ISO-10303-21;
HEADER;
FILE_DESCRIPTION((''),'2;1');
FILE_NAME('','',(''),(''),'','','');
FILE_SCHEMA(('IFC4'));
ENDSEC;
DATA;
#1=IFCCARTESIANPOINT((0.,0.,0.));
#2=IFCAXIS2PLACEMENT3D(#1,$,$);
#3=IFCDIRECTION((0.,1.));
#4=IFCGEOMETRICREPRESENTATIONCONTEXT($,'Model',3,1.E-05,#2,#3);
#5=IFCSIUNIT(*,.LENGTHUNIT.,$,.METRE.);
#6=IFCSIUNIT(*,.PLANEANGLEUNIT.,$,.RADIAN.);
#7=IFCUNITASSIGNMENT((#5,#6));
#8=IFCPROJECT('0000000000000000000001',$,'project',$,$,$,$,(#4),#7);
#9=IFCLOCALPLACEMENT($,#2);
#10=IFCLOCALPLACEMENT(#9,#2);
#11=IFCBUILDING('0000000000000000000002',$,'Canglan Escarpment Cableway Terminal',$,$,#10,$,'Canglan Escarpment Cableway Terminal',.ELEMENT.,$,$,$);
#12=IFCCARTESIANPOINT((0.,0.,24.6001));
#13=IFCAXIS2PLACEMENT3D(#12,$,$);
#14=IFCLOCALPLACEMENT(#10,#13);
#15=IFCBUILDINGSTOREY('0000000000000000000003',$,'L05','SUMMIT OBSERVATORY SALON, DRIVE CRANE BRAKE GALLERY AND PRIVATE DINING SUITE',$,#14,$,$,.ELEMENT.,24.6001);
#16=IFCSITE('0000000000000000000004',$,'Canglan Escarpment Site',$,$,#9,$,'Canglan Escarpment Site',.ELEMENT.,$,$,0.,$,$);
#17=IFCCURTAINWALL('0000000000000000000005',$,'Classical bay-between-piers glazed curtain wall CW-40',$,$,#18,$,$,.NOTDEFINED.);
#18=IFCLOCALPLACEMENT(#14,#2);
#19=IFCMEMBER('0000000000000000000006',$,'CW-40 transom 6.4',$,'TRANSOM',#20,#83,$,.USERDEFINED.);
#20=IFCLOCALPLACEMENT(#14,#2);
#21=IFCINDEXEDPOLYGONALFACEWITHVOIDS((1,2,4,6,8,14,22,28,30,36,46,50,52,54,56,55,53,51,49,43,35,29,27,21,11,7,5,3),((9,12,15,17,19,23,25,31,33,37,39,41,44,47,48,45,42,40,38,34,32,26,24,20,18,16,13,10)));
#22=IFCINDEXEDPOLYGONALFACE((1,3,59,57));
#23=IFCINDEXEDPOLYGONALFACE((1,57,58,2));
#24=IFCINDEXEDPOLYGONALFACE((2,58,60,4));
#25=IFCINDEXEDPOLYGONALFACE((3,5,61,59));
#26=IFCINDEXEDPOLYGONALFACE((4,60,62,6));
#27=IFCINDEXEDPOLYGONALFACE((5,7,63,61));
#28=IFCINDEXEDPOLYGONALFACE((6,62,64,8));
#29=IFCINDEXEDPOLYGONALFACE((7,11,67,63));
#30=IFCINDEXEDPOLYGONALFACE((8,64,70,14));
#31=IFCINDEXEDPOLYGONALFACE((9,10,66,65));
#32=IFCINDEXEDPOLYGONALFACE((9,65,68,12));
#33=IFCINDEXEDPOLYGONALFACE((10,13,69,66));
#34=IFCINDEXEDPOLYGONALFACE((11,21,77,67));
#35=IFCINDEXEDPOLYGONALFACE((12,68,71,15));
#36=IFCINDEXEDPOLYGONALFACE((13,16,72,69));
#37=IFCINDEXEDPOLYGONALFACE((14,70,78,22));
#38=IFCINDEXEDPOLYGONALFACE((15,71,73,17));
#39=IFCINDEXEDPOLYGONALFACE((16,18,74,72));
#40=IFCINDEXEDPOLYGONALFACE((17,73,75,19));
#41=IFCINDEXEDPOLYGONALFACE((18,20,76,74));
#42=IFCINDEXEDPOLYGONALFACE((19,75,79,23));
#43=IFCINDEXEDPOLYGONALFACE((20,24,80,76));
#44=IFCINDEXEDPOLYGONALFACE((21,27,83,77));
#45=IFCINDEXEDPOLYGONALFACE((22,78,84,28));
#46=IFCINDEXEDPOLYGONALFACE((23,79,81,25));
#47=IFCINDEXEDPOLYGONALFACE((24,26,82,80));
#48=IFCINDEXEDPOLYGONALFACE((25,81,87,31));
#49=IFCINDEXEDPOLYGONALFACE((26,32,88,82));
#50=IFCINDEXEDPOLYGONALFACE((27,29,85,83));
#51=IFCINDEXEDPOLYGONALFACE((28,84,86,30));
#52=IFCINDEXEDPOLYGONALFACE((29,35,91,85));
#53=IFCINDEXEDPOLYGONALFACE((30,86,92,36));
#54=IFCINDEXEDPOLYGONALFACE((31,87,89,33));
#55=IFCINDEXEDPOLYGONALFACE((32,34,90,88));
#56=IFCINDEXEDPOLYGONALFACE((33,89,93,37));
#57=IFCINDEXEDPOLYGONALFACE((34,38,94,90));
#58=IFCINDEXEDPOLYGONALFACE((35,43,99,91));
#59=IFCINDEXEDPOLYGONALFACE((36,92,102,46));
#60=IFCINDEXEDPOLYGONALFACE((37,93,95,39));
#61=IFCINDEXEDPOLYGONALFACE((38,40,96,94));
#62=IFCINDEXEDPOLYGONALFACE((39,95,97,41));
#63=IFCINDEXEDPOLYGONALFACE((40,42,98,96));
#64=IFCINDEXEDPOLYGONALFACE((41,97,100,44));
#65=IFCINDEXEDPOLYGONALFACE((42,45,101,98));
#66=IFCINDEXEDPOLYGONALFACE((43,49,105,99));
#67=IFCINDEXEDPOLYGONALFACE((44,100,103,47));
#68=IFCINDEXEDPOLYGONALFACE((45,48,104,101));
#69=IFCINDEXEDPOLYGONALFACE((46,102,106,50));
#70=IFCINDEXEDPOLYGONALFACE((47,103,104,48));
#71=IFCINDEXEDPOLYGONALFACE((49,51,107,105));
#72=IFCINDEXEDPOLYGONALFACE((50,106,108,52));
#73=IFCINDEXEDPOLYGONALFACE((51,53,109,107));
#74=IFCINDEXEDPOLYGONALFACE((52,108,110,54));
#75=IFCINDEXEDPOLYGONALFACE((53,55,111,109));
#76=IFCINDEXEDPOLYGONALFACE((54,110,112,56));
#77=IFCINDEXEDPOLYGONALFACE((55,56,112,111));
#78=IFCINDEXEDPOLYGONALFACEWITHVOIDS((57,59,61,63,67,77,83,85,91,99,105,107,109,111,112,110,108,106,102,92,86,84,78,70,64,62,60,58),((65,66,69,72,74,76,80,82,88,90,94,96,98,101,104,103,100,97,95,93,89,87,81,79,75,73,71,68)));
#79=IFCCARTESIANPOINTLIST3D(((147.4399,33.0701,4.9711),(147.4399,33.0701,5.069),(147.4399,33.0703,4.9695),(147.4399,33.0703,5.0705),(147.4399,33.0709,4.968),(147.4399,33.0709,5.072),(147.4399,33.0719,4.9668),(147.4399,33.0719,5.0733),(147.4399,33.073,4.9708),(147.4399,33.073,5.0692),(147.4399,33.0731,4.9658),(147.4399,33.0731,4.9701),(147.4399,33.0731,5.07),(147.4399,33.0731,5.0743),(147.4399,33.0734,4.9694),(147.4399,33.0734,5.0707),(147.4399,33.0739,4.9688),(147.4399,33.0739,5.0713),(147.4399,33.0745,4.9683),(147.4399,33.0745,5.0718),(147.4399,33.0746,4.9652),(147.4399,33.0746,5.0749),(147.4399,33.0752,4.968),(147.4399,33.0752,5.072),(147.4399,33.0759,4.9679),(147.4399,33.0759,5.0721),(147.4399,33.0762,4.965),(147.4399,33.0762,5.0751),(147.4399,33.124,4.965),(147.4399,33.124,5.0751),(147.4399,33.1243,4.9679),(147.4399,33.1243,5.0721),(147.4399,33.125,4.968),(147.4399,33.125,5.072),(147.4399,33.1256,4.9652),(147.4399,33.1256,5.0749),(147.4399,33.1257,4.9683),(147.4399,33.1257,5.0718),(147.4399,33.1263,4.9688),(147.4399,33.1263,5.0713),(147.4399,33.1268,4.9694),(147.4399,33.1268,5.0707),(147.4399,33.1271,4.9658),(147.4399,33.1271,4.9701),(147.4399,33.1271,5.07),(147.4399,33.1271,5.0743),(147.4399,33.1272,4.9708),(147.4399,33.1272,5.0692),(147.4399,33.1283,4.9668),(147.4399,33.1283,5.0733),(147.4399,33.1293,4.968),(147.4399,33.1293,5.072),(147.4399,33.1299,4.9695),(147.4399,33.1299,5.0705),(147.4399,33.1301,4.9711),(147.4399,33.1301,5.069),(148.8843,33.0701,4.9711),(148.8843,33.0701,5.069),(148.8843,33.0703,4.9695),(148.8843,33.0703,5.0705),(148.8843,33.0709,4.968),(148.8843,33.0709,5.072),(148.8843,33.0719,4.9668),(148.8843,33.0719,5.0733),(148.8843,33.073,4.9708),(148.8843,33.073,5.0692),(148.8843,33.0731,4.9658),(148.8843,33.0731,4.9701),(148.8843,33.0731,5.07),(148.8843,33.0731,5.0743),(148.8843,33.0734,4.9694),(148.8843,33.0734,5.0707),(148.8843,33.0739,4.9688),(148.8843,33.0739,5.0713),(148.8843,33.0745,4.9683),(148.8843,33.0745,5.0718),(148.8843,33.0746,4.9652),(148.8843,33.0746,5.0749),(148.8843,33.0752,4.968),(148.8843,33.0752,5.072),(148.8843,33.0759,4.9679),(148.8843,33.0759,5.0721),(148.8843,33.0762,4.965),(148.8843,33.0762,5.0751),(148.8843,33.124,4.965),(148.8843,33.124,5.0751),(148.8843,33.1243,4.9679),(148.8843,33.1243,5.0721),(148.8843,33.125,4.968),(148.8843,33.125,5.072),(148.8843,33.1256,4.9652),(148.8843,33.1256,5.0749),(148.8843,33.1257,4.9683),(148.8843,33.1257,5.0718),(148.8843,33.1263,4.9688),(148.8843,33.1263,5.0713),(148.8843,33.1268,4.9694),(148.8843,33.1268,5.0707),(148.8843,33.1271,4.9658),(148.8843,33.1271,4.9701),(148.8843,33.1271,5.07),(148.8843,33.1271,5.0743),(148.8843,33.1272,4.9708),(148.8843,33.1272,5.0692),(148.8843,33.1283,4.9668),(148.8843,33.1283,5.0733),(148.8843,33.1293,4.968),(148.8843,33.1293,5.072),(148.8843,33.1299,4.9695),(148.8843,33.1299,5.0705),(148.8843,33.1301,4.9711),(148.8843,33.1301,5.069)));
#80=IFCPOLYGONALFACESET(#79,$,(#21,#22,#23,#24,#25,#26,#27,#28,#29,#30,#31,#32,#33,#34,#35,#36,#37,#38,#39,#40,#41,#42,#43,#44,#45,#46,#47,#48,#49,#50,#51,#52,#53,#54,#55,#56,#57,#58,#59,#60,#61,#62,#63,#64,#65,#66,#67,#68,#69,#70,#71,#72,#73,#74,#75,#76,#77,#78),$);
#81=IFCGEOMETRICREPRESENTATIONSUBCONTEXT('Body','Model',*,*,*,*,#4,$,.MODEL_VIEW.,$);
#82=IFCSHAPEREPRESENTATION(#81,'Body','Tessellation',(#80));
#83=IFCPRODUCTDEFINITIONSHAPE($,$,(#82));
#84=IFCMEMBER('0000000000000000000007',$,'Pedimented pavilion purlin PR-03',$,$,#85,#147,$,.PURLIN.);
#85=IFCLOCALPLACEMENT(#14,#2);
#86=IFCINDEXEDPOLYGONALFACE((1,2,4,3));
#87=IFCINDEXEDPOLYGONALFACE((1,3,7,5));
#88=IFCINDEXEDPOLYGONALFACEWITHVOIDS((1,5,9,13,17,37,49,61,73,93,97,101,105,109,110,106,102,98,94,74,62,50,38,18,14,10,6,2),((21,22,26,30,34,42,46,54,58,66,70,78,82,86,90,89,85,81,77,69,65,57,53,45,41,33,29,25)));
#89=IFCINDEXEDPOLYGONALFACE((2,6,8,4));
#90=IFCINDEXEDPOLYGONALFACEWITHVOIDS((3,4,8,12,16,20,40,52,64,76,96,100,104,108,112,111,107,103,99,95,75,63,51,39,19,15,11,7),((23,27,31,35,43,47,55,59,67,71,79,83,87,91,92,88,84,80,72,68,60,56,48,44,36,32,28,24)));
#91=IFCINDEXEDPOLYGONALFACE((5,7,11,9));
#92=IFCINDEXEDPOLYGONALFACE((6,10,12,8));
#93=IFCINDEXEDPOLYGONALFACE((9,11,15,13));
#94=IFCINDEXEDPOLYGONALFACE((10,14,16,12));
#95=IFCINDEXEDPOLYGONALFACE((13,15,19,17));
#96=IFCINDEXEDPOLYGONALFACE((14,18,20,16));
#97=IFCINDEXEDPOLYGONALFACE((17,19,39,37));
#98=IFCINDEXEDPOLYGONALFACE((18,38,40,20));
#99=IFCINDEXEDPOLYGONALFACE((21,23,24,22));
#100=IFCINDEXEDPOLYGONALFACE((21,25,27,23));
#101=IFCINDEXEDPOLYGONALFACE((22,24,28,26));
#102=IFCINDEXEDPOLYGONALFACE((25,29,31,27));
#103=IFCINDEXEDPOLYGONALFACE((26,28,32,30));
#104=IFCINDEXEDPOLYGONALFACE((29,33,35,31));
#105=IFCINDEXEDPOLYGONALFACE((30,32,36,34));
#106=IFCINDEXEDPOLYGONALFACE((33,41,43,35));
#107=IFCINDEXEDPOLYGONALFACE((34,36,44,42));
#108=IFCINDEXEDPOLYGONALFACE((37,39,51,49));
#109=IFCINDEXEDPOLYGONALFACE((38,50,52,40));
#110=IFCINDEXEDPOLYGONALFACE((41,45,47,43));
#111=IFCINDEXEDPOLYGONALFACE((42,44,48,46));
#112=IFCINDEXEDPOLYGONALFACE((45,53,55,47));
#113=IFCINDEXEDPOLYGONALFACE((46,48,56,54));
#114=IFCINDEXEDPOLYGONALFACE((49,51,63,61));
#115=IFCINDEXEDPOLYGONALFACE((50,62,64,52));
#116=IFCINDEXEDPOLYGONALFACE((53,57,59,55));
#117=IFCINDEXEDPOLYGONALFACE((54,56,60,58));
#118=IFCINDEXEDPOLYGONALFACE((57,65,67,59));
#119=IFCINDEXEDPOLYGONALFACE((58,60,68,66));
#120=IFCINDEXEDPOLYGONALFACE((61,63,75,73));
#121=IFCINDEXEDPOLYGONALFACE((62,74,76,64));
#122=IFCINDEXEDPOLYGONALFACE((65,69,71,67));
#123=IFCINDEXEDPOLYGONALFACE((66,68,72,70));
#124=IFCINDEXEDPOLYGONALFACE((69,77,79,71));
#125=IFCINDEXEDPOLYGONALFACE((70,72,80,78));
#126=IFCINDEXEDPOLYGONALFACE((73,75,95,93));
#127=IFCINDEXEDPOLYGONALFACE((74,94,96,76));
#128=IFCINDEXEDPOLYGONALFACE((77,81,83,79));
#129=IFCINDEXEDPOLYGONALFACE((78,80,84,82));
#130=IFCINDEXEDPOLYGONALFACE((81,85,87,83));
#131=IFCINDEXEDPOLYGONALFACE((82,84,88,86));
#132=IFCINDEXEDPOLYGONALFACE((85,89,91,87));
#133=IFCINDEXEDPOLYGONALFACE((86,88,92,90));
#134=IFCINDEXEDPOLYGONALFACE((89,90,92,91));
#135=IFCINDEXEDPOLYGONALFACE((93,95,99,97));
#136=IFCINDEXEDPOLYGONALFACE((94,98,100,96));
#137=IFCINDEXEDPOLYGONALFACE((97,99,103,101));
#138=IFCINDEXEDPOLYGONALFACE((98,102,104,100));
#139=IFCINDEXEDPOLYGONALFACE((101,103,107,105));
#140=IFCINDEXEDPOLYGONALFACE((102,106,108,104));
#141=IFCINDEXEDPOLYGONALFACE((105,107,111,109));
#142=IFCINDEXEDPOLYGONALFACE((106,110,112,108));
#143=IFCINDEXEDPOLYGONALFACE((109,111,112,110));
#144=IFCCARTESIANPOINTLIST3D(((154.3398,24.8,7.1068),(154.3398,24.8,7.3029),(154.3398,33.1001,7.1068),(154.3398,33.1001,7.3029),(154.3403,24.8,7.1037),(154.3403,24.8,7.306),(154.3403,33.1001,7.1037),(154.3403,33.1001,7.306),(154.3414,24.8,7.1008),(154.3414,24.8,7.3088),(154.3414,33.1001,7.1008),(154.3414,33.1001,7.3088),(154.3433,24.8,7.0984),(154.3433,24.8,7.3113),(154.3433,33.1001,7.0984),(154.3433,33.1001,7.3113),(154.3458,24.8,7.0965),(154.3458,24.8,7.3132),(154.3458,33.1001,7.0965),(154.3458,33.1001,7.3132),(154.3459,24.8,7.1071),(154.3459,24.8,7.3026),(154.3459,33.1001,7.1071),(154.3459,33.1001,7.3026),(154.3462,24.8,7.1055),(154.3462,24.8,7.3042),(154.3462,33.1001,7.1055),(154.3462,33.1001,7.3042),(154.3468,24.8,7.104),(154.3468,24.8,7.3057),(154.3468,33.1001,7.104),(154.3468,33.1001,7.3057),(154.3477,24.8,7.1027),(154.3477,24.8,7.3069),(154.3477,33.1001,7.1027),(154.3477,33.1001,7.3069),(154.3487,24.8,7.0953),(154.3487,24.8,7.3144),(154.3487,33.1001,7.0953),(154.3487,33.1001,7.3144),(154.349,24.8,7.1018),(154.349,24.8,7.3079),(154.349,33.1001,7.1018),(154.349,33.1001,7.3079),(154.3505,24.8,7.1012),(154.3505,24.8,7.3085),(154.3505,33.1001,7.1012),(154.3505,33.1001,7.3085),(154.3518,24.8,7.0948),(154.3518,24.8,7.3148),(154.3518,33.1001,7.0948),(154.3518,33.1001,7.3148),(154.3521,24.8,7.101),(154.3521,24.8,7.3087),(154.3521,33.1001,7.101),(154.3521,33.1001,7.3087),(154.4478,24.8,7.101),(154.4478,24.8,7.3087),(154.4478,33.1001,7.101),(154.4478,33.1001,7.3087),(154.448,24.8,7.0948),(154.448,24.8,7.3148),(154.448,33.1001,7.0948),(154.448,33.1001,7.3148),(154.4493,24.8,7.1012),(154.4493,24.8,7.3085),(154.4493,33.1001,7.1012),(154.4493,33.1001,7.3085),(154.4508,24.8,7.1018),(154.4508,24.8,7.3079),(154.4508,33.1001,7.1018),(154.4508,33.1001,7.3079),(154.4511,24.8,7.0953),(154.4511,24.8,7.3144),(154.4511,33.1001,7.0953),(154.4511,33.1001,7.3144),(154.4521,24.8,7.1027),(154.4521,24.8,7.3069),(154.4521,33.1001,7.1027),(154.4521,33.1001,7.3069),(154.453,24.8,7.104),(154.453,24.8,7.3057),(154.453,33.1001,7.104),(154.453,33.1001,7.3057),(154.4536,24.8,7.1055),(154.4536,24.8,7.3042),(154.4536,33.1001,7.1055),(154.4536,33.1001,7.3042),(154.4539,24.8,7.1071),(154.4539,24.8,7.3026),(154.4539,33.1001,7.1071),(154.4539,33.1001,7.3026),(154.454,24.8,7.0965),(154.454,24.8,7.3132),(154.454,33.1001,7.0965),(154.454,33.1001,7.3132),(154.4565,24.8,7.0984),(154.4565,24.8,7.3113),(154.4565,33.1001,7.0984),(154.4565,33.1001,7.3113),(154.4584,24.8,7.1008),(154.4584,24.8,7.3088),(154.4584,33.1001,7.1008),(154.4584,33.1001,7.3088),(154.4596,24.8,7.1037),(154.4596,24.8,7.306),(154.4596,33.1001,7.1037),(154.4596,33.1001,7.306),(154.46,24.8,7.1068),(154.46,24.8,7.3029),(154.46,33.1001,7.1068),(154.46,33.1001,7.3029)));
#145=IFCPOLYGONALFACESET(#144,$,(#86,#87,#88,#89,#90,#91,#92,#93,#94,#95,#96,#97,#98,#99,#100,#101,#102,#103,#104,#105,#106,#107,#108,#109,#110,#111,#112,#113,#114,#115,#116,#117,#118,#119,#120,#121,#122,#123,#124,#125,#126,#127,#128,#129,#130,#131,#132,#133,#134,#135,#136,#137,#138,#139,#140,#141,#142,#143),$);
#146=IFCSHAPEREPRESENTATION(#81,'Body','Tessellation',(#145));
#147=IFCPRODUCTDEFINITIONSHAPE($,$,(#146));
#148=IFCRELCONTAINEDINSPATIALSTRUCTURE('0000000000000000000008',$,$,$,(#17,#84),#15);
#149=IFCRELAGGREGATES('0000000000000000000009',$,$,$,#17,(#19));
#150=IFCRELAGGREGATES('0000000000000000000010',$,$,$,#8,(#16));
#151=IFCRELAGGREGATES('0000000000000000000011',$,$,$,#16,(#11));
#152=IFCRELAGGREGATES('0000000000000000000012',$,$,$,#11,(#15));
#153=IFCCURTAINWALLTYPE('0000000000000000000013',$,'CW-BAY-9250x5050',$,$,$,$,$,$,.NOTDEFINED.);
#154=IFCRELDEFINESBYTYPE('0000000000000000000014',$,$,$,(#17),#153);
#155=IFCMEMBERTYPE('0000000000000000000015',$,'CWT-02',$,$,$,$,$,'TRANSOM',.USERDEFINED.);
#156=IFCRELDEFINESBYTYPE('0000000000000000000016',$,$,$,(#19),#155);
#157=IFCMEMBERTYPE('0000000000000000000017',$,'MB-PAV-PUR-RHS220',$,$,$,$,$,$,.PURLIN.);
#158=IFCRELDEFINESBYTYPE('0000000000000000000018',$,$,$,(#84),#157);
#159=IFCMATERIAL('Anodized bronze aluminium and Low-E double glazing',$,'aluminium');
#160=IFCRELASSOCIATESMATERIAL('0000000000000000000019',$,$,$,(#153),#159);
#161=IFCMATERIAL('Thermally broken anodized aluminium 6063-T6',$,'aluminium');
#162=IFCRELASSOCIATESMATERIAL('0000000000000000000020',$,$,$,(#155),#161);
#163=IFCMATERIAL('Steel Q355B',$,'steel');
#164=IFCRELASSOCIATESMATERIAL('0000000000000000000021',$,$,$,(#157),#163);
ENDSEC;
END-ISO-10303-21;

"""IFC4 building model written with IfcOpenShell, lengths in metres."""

from ifc_helpers import new_model, si_unit, direction, frame, origin, origin_2d, place, context, subcontext, project, spatial, hollow_rectangle, extrude, material, material_profile, profile_set, type_object, element, aggregate, save


model = new_model("IFC4")

# Units and contexts
model_context = context("Model", 3, precision=1e-05, world=origin(), true_north=direction((0.0, 1.0)))
body_context = subcontext(model_context, "Body", "Model", "MODEL_VIEW")
ifc_project = project(units=[si_unit("LENGTHUNIT", "METRE"), si_unit("PLANEANGLEUNIT", "RADIAN")], contexts=[model_context])

# Site, building, storey
site_placement = place(None, origin())
site = spatial("IfcSite", under=ifc_project, at=site_placement, Name="Canglan Escarpment Site", LongName="Canglan Escarpment Site", CompositionType="ELEMENT", RefElevation=0.0)
building_placement = place(site_placement, origin())
building = spatial("IfcBuilding", under=site, at=building_placement, Name="Canglan Escarpment Cableway Terminal", LongName="Canglan Escarpment Cableway Terminal", CompositionType="ELEMENT")
storey_placement = place(building_placement, frame((0.0, 0.0, 24.6001)))
storey = spatial("IfcBuildingStorey", under=building, at=storey_placement, Name="L05", Description="SUMMIT OBSERVATORY SALON, DRIVE CRANE BRAKE GALLERY AND PRIVATE DINING SUITE", CompositionType="ELEMENT", Elevation=24.6001)

# Shared definitions
ifc_material_1 = material(Name="Steel Q355B", Category="steel")

# Shared definitions
ifc_material_2 = material(Name="Anodized bronze aluminium and Low-E double glazing", Category="aluminium")
ifc_material_3 = material(Name="Thermally broken anodized aluminium 6063-T6", Category="aluminium")

# Curtain wall
curtain_wall_type_1 = type_object("IfcCurtainWallType", Name="CW-BAY-9250x5050", PredefinedType="NOTDEFINED", material=ifc_material_2)
curtain_wall_1_placement = place(storey_placement, origin())
curtain_wall_1 = element("IfcCurtainWall", 1, at=curtain_wall_1_placement, inside=storey, type_object=curtain_wall_type_1, Name="Classical bay-between-piers glazed curtain wall CW-40", PredefinedType="NOTDEFINED")

# Member
ifc_material_profile_1 = material_profile(ifc_material_3, hollow_rectangle(XDim=0.0601, YDim=0.1101, WallThickness=0.0029, InnerFilletRadius=0.0029, OuterFilletRadius=0.0061, at=origin_2d()), Name="ALU-TRAN 60x110x3")
ifc_profile_set_1 = profile_set([ifc_material_profile_1], Name="Thermally broken anodized aluminium 6063-T6")
member_type_1 = type_object("IfcMemberType", Name="CWT-02", ElementType="TRANSOM", PredefinedType="USERDEFINED", material=ifc_profile_set_1)
member_1_placement = place(storey_placement, frame((148.8843, 33.1001, 5.02), z_axis=(-1.0, 0.0, 0.0), x_axis=(0.0, -1.0, 0.0)))
member_1 = element("IfcMember", 2, at=member_1_placement, type_object=member_type_1, Name="CW-40 transom 6.4", ObjectType="TRANSOM", PredefinedType="USERDEFINED", context=body_context, shape_type="SweptSolid", body=[
    extrude(hollow_rectangle(XDim=0.0601, YDim=0.1101, WallThickness=0.0029, InnerFilletRadius=0.0029, OuterFilletRadius=0.0061, at=origin_2d()), origin(), (0.0, 0.0, 1.0), 1.4443),
])

# Member
ifc_material_profile_2 = material_profile(ifc_material_1, hollow_rectangle(XDim=0.1201, YDim=0.22, WallThickness=0.0061, InnerFilletRadius=0.0061, OuterFilletRadius=0.012, at=origin_2d()), Name="RHS 220x120x6")
ifc_profile_set_2 = profile_set([ifc_material_profile_2], Name="Steel Q355B")
member_type_2 = type_object("IfcMemberType", Name="MB-PAV-PUR-RHS220", PredefinedType="PURLIN", material=ifc_profile_set_2)
for number, where, z_axis, x_axis, name in (
    (3, (154.3999, 24.8, 7.2048), (0.0, 1.0, 0.0), (-1.0, 0.0, 0.0), "Pedimented pavilion purlin PR-03"),
):
    element("IfcMember", number, at=place(storey_placement, frame(where, z_axis=z_axis, x_axis=x_axis)), inside=storey, type_object=member_type_2, Name=name, PredefinedType="PURLIN", context=body_context, shape_type="SweptSolid", body=[
        extrude(hollow_rectangle(XDim=0.1201, YDim=0.22, WallThickness=0.0061, InnerFilletRadius=0.0061, OuterFilletRadius=0.012, at=origin_2d()), origin(), (0.0, 0.0, 1.0), 8.3),
    ])

aggregate(curtain_wall_1, [member_1])

save(model, "model.ifc")
